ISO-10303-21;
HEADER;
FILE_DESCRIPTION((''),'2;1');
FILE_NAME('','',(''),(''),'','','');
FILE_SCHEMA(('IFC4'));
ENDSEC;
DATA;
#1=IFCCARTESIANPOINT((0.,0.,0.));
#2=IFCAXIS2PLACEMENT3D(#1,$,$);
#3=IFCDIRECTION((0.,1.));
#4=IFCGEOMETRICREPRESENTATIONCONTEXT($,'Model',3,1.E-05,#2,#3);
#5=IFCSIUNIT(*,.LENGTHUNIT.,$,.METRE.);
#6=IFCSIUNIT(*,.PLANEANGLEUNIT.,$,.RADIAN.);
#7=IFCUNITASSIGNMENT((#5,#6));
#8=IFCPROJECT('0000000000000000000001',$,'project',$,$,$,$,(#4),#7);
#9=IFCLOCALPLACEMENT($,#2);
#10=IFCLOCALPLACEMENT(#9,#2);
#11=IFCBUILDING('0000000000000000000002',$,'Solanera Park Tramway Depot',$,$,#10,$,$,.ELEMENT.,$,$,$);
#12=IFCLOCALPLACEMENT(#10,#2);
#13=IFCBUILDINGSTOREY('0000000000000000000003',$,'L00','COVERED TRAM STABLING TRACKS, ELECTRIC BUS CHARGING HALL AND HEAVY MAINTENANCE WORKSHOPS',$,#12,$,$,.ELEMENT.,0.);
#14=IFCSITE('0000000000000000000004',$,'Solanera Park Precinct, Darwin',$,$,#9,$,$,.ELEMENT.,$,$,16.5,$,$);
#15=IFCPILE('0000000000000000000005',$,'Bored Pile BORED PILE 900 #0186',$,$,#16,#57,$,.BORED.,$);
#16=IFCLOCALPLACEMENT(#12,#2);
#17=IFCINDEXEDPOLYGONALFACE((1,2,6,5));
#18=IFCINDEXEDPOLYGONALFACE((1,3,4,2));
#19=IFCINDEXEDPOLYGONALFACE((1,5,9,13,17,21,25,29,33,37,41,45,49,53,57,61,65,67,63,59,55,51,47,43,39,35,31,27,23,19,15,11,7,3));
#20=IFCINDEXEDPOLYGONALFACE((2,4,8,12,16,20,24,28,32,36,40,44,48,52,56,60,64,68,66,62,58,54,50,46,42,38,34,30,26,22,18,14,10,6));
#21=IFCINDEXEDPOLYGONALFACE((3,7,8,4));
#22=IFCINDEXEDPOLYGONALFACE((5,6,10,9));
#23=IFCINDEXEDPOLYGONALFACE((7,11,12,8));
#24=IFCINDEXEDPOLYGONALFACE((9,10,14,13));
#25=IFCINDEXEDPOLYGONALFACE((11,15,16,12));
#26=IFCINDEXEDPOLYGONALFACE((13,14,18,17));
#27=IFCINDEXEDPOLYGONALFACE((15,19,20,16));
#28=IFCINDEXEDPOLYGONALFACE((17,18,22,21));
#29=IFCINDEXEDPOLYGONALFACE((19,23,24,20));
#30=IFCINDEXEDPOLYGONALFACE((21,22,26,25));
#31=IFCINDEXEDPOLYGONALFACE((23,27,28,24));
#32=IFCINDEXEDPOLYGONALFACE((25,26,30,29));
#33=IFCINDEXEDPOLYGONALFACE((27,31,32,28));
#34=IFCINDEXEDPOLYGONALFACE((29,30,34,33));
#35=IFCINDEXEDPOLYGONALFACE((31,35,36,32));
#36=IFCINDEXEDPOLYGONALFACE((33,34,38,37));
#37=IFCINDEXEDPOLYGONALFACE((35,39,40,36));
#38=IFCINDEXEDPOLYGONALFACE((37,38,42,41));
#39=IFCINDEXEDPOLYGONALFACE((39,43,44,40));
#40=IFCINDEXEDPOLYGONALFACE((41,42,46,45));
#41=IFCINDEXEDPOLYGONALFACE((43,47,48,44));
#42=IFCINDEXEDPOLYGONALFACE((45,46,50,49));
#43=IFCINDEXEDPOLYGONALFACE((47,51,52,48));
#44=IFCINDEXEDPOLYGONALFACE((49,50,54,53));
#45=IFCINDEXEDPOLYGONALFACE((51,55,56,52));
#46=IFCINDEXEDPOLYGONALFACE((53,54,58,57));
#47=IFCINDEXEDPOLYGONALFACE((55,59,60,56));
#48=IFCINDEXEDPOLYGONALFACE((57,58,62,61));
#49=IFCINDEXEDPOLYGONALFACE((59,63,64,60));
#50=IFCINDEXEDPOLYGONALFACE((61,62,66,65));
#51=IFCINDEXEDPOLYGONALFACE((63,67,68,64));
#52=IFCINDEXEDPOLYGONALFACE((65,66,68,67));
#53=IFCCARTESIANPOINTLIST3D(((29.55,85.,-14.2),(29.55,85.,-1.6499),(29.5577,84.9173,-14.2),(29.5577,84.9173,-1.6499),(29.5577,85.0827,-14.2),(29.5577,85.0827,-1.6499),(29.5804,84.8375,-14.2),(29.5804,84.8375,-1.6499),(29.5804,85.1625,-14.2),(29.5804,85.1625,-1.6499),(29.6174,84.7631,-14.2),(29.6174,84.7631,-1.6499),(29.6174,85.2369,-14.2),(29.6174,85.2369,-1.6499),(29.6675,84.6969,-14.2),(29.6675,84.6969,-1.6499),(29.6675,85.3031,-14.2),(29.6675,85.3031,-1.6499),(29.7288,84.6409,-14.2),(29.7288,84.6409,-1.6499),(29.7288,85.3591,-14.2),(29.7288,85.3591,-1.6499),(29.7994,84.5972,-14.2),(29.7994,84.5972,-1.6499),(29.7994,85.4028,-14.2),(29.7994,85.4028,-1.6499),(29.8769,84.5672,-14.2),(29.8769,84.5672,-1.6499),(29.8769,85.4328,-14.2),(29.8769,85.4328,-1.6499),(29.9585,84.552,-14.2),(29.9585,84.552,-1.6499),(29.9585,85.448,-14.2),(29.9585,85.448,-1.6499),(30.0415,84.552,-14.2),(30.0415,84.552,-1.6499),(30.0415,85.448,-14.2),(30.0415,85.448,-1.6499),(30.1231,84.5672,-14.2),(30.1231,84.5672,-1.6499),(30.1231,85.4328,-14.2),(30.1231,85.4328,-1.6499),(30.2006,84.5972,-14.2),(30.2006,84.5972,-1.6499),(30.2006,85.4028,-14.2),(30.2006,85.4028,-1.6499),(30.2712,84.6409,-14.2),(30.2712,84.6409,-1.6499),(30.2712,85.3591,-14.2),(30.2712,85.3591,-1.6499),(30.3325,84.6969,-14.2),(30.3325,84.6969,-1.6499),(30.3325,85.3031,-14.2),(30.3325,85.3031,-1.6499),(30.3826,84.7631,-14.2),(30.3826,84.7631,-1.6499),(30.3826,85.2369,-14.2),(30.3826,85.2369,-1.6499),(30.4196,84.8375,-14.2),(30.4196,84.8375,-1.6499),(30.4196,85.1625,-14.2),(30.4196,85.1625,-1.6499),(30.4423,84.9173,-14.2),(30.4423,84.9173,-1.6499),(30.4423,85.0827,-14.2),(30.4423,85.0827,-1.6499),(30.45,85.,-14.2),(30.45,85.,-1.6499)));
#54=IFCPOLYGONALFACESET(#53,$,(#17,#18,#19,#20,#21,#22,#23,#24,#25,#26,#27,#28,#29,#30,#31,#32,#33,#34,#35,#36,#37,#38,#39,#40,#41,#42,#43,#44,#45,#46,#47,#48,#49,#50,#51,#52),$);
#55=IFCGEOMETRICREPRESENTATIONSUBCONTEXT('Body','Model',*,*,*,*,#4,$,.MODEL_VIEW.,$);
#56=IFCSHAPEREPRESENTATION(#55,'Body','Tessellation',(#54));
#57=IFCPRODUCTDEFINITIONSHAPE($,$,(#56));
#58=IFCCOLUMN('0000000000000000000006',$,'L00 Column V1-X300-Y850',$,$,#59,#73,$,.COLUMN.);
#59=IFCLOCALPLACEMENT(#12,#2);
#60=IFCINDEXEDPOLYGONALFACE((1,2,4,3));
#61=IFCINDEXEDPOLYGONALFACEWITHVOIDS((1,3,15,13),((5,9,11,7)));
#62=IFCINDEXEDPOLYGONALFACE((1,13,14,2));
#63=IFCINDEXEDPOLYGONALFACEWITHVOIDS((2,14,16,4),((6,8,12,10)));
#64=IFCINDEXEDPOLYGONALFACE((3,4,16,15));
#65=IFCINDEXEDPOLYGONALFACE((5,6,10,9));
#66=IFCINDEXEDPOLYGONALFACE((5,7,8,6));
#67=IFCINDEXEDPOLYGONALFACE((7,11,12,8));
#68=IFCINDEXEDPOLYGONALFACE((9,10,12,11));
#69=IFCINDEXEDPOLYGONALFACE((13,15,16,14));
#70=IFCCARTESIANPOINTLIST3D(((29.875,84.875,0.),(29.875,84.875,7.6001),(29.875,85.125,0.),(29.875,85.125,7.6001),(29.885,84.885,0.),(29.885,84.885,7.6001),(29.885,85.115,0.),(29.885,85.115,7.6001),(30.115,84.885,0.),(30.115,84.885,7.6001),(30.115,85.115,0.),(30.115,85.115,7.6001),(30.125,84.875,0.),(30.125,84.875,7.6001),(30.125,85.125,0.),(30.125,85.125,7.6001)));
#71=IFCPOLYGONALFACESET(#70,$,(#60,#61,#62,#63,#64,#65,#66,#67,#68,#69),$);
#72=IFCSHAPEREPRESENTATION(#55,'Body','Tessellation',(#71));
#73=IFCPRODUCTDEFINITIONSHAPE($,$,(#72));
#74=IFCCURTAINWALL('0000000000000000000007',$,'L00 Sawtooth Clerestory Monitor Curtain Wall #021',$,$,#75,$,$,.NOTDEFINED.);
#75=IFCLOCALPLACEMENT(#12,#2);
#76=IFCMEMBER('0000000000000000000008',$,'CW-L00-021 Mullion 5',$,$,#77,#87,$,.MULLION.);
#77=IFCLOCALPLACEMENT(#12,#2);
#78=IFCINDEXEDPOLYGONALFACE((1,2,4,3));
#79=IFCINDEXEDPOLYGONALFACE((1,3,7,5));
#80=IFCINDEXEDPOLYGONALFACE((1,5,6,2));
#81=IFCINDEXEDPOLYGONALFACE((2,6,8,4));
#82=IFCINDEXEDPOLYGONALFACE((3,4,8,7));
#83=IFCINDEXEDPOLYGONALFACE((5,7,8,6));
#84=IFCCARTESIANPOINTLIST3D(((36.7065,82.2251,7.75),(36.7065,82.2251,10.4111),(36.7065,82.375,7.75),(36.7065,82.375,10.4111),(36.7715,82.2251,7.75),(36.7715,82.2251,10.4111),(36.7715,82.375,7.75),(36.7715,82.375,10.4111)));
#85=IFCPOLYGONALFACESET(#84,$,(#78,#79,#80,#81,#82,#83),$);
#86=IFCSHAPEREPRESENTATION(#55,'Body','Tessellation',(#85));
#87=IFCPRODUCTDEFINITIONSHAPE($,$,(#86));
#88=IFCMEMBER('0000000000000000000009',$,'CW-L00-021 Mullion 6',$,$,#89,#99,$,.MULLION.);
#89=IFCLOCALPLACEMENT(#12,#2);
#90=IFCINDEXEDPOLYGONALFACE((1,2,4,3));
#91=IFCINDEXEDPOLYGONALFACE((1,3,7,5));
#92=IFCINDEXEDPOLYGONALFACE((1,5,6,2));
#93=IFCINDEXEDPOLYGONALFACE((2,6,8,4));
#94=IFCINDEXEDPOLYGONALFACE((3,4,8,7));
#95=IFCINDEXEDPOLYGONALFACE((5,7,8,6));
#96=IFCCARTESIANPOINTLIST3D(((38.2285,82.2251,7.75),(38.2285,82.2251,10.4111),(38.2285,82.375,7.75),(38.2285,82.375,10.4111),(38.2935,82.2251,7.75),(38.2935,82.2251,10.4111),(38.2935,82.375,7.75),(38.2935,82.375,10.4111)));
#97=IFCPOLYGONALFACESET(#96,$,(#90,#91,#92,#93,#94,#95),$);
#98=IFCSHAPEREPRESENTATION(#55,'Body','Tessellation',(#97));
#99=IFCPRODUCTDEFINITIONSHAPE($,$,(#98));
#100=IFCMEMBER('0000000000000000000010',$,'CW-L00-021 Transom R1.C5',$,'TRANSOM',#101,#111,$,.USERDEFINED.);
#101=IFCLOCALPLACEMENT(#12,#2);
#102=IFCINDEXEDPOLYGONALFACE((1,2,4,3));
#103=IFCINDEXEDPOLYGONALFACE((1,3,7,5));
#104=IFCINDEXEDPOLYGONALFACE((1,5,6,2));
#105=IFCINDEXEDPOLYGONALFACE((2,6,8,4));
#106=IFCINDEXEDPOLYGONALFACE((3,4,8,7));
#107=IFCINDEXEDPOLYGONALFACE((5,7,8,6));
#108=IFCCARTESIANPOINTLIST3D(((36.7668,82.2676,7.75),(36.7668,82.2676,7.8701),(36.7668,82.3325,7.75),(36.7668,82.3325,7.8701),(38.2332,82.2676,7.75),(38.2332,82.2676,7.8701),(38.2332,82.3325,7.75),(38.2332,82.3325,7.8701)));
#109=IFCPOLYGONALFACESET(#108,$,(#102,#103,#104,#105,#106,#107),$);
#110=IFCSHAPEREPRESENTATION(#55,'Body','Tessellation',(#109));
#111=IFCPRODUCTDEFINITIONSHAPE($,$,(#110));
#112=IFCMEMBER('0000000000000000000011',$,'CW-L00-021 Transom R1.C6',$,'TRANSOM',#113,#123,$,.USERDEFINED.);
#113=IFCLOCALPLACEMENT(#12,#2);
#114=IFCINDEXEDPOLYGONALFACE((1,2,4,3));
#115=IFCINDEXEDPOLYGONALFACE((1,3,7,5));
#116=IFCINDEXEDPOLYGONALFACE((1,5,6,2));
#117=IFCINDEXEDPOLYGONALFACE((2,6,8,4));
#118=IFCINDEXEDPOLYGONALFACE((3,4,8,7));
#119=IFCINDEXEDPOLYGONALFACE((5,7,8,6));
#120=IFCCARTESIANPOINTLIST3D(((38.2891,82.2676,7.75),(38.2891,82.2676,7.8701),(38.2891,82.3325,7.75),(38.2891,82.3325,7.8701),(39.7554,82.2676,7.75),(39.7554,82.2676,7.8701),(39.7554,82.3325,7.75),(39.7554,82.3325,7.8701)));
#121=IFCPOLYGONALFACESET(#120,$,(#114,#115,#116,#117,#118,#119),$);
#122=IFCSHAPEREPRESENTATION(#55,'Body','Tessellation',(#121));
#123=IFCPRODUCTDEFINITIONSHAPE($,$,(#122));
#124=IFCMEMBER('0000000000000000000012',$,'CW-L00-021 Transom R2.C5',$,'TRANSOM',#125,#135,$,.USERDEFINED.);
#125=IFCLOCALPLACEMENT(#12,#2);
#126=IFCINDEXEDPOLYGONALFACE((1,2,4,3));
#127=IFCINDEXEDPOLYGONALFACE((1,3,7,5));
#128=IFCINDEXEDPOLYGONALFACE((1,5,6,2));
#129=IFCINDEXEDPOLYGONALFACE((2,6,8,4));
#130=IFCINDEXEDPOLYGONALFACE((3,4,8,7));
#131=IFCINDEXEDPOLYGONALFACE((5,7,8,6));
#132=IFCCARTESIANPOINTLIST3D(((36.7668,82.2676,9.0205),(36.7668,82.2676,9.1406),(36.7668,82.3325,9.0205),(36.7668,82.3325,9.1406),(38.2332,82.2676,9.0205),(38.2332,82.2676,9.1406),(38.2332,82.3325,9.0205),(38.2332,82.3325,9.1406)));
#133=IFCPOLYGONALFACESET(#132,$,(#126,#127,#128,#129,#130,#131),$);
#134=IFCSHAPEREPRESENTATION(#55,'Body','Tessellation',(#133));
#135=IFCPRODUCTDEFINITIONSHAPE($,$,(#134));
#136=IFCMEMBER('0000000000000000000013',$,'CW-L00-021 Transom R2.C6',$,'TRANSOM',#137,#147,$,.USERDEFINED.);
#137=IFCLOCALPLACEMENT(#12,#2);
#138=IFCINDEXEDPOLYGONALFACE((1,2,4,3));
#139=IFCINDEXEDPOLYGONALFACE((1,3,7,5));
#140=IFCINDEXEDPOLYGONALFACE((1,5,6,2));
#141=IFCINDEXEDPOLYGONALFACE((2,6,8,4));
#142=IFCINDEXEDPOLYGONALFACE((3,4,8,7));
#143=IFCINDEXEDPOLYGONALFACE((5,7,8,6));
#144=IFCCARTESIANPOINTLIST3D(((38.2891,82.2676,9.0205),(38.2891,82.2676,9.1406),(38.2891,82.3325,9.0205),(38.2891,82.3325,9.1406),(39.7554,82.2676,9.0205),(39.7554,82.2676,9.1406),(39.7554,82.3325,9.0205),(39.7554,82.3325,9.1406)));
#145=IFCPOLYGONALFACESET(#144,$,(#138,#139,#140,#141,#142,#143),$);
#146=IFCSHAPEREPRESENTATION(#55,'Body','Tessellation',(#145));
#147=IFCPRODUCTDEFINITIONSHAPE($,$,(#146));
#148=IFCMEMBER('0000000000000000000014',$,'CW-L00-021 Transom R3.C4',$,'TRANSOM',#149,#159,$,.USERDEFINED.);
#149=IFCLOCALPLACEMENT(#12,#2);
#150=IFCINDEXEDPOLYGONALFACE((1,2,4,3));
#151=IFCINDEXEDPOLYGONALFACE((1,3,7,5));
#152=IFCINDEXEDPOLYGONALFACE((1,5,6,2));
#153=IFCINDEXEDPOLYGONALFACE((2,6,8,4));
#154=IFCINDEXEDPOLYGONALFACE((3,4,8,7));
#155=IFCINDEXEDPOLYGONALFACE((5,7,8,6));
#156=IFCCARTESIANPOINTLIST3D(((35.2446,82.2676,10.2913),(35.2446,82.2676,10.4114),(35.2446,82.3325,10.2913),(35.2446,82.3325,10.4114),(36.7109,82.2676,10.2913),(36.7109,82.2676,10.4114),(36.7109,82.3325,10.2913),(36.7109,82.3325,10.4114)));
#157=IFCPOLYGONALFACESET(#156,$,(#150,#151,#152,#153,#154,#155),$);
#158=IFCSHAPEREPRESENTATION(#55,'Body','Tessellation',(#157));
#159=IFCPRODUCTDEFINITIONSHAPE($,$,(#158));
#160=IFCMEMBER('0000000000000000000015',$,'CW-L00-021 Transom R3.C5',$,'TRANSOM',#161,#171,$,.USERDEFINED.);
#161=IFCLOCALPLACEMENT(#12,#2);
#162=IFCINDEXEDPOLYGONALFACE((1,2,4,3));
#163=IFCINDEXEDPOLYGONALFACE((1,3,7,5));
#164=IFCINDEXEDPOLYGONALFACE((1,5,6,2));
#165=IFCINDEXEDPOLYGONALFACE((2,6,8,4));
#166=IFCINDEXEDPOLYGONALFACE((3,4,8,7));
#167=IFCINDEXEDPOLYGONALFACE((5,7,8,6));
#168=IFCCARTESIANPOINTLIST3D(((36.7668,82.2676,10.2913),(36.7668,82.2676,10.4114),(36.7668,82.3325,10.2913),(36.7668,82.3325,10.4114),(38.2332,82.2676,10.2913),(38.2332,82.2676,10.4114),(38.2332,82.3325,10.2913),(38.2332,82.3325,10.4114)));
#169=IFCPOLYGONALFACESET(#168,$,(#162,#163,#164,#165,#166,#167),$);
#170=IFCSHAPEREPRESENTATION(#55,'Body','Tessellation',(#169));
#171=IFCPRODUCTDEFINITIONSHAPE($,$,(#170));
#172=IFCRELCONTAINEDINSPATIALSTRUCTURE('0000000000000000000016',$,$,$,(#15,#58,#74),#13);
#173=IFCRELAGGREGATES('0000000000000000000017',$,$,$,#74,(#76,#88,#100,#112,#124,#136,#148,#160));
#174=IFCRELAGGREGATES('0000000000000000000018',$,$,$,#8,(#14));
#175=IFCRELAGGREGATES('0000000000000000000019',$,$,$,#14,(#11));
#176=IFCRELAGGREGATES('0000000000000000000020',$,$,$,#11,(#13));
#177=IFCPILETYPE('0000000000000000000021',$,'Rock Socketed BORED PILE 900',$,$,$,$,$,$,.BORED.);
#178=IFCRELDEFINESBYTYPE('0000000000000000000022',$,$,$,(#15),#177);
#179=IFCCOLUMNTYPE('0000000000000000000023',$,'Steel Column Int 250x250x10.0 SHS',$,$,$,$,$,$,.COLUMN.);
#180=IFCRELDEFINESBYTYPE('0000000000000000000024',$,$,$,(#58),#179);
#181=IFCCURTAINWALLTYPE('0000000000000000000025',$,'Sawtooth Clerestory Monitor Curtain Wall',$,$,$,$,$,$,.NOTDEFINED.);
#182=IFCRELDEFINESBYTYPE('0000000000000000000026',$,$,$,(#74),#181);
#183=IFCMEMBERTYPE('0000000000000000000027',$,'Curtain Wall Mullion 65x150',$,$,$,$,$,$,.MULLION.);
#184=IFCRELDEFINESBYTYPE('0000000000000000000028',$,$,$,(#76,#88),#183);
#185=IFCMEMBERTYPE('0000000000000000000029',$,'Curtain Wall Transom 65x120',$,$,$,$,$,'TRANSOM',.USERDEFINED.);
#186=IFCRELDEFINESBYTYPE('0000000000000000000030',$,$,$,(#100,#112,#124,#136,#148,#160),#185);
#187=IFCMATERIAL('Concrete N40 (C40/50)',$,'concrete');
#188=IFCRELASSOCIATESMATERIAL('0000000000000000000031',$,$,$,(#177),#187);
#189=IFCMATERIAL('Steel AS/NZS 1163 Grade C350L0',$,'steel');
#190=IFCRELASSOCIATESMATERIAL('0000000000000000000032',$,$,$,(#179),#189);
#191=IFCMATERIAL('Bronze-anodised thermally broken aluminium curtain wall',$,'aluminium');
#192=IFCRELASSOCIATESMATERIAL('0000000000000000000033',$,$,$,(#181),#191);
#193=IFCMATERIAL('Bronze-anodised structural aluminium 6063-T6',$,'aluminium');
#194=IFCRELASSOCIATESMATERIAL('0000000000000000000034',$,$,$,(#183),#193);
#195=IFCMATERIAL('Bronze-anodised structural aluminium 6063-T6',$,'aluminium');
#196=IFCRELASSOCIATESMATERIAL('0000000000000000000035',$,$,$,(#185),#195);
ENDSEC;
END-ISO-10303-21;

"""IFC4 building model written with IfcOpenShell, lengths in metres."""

from ifc_helpers import new_model, si_unit, direction, frame, origin, origin_2d, place, context, subcontext, project, spatial, rectangle, hollow_rectangle, circle, extrude, material, material_profile, profile_set, type_object, element, aggregate, save


model = new_model("IFC4")

# Units and contexts
model_context = context("Model", 3, precision=1e-05, world=origin(), true_north=direction((0.0, 1.0)))
body_context = subcontext(model_context, "Body", "Model", "MODEL_VIEW")
ifc_project = project(units=[si_unit("LENGTHUNIT", "METRE"), si_unit("PLANEANGLEUNIT", "RADIAN")], contexts=[model_context])

# Site, building, storey
site_placement = place(None, origin())
site = spatial("IfcSite", under=ifc_project, at=site_placement, Name="Solanera Park Precinct, Darwin", CompositionType="ELEMENT", RefElevation=16.5)
building_placement = place(site_placement, origin())
building = spatial("IfcBuilding", under=site, at=building_placement, Name="Solanera Park Tramway Depot", CompositionType="ELEMENT")
storey_placement = place(building_placement, origin())
storey = spatial("IfcBuildingStorey", under=building, at=storey_placement, Name="L00", Description="COVERED TRAM STABLING TRACKS, ELECTRIC BUS CHARGING HALL AND HEAVY MAINTENANCE WORKSHOPS", CompositionType="ELEMENT", Elevation=0.0)

# Pile
ifc_material_1 = material(Name="Concrete N40 (C40/50)", Category="concrete")
ifc_material_profile_1 = material_profile(ifc_material_1, circle(Radius=0.45, at=origin_2d()), Name="BORED PILE 900")
ifc_profile_set_1 = profile_set([ifc_material_profile_1], Name="Concrete N40 (C40/50)")
pile_type = type_object("IfcPileType", Name="Rock Socketed BORED PILE 900", PredefinedType="BORED", material=ifc_profile_set_1)
pile_placement = place(storey_placement, frame((30.0, 85.0, -1.6499), z_axis=(0.0, 0.0, -1.0), x_axis=(1.0, 0.0, 0.0)))
element("IfcPile", 1, at=pile_placement, inside=storey, type_object=pile_type, Name="Bored Pile BORED PILE 900 #0186", PredefinedType="BORED", context=body_context, shape_type="SweptSolid", body=[
    extrude(circle(Radius=0.45, at=origin_2d()), origin(), (0.0, 0.0, 1.0), 12.55),
])

# Column
ifc_material_2 = material(Name="Steel AS/NZS 1163 Grade C350L0", Category="steel")
ifc_material_profile_2 = material_profile(ifc_material_2, hollow_rectangle(XDim=0.25, YDim=0.25, WallThickness=0.01, at=origin_2d()), Name="250x250x10.0 SHS")
ifc_profile_set_2 = profile_set([ifc_material_profile_2], Name="Steel AS/NZS 1163 Grade C350L0")
column_type = type_object("IfcColumnType", Name="Steel Column Int 250x250x10.0 SHS", PredefinedType="COLUMN", material=ifc_profile_set_2)
column_placement = place(storey_placement, frame((30.0, 85.0, 0.0), z_axis=(0.0, 0.0, 1.0), x_axis=(1.0, 0.0, 0.0)))
element("IfcColumn", 2, at=column_placement, inside=storey, type_object=column_type, Name="L00 Column V1-X300-Y850", PredefinedType="COLUMN", context=body_context, shape_type="SweptSolid", body=[
    extrude(hollow_rectangle(XDim=0.25, YDim=0.25, WallThickness=0.01, at=origin_2d()), origin(), (0.0, 0.0, 1.0), 7.6001),
])

# Curtain wall, members
ifc_material_3 = material(Name="Bronze-anodised thermally broken aluminium curtain wall", Category="aluminium")
curtain_wall_type = type_object("IfcCurtainWallType", Name="Sawtooth Clerestory Monitor Curtain Wall", PredefinedType="NOTDEFINED", material=ifc_material_3)
curtain_wall_placement = place(storey_placement, origin())
curtain_wall = element("IfcCurtainWall", 3, at=curtain_wall_placement, inside=storey, type_object=curtain_wall_type, Name="L00 Sawtooth Clerestory Monitor Curtain Wall #021", PredefinedType="NOTDEFINED")
ifc_material_4 = material(Name="Bronze-anodised structural aluminium 6063-T6", Category="aluminium")
ifc_material_profile_3 = material_profile(ifc_material_4, rectangle(XDim=0.0649, YDim=0.1499, at=origin_2d()), Name="Curtain Wall Mullion 65x150")
ifc_profile_set_3 = profile_set([ifc_material_profile_3], Name="Bronze-anodised structural aluminium 6063-T6")
member_type_1 = type_object("IfcMemberType", Name="Curtain Wall Mullion 65x150", PredefinedType="MULLION", material=ifc_profile_set_3)
member_1_placement = place(storey_placement, frame((36.739, 82.3, 7.75), z_axis=(0.0, 0.0, 1.0), x_axis=(1.0, 0.0, 0.0)))
member_1 = element("IfcMember", 4, at=member_1_placement, type_object=member_type_1, Name="CW-L00-021 Mullion 5", PredefinedType="MULLION", context=body_context, shape_type="SweptSolid", body=[
    extrude(rectangle(XDim=0.0649, YDim=0.1499, at=origin_2d()), origin(), (0.0, 0.0, 1.0), 2.6611),
])
member_2_placement = place(storey_placement, frame((38.261, 82.3, 7.75), z_axis=(0.0, 0.0, 1.0), x_axis=(1.0, 0.0, 0.0)))
member_2 = element("IfcMember", 5, at=member_2_placement, type_object=member_type_1, Name="CW-L00-021 Mullion 6", PredefinedType="MULLION", context=body_context, shape_type="SweptSolid", body=[
    extrude(rectangle(XDim=0.0649, YDim=0.1499, at=origin_2d()), origin(), (0.0, 0.0, 1.0), 2.6611),
])
ifc_material_5 = material(Name="Bronze-anodised structural aluminium 6063-T6", Category="aluminium")
ifc_material_profile_4 = material_profile(ifc_material_5, rectangle(XDim=0.0649, YDim=0.1201, at=origin_2d()), Name="Curtain Wall Transom 65x120")
ifc_profile_set_4 = profile_set([ifc_material_profile_4], Name="Bronze-anodised structural aluminium 6063-T6")
member_type_2 = type_object("IfcMemberType", Name="Curtain Wall Transom 65x120", ElementType="TRANSOM", PredefinedType="USERDEFINED", material=ifc_profile_set_4)
member_3_placement = place(storey_placement, frame((36.7668, 82.3, 7.8101), z_axis=(1.0, 0.0, 0.0), x_axis=(0.0, 1.0, 0.0)))
member_3 = element("IfcMember", 6, at=member_3_placement, type_object=member_type_2, Name="CW-L00-021 Transom R1.C5", ObjectType="TRANSOM", PredefinedType="USERDEFINED", context=body_context, shape_type="SweptSolid", body=[
    extrude(rectangle(XDim=0.0649, YDim=0.1201, at=origin_2d()), origin(), (0.0, 0.0, 1.0), 1.4663),
])
member_4_placement = place(storey_placement, frame((38.2891, 82.3, 7.8101), z_axis=(1.0, 0.0, 0.0), x_axis=(0.0, 1.0, 0.0)))
member_4 = element("IfcMember", 7, at=member_4_placement, type_object=member_type_2, Name="CW-L00-021 Transom R1.C6", ObjectType="TRANSOM", PredefinedType="USERDEFINED", context=body_context, shape_type="SweptSolid", body=[
    extrude(rectangle(XDim=0.0649, YDim=0.1201, at=origin_2d()), origin(), (0.0, 0.0, 1.0), 1.4663),
])
member_5_placement = place(storey_placement, frame((36.7668, 82.3, 9.0806), z_axis=(1.0, 0.0, 0.0), x_axis=(0.0, 1.0, 0.0)))
member_5 = element("IfcMember", 8, at=member_5_placement, type_object=member_type_2, Name="CW-L00-021 Transom R2.C5", ObjectType="TRANSOM", PredefinedType="USERDEFINED", context=body_context, shape_type="SweptSolid", body=[
    extrude(rectangle(XDim=0.0649, YDim=0.1201, at=origin_2d()), origin(), (0.0, 0.0, 1.0), 1.4663),
])
member_6_placement = place(storey_placement, frame((38.2891, 82.3, 9.0806), z_axis=(1.0, 0.0, 0.0), x_axis=(0.0, 1.0, 0.0)))
member_6 = element("IfcMember", 9, at=member_6_placement, type_object=member_type_2, Name="CW-L00-021 Transom R2.C6", ObjectType="TRANSOM", PredefinedType="USERDEFINED", context=body_context, shape_type="SweptSolid", body=[
    extrude(rectangle(XDim=0.0649, YDim=0.1201, at=origin_2d()), origin(), (0.0, 0.0, 1.0), 1.4663),
])
member_7_placement = place(storey_placement, frame((35.2446, 82.3, 10.3513), z_axis=(1.0, 0.0, 0.0), x_axis=(0.0, 1.0, 0.0)))
member_7 = element("IfcMember", 10, at=member_7_placement, type_object=member_type_2, Name="CW-L00-021 Transom R3.C4", ObjectType="TRANSOM", PredefinedType="USERDEFINED", context=body_context, shape_type="SweptSolid", body=[
    extrude(rectangle(XDim=0.0649, YDim=0.1201, at=origin_2d()), origin(), (0.0, 0.0, 1.0), 1.4663),
])
member_8_placement = place(storey_placement, frame((36.7668, 82.3, 10.3513), z_axis=(1.0, 0.0, 0.0), x_axis=(0.0, 1.0, 0.0)))
member_8 = element("IfcMember", 11, at=member_8_placement, type_object=member_type_2, Name="CW-L00-021 Transom R3.C5", ObjectType="TRANSOM", PredefinedType="USERDEFINED", context=body_context, shape_type="SweptSolid", body=[
    extrude(rectangle(XDim=0.0649, YDim=0.1201, at=origin_2d()), origin(), (0.0, 0.0, 1.0), 1.4663),
])

aggregate(curtain_wall, [member_1, member_2, member_3, member_4, member_5, member_6, member_7, member_8])

save(model, "model.ifc")
